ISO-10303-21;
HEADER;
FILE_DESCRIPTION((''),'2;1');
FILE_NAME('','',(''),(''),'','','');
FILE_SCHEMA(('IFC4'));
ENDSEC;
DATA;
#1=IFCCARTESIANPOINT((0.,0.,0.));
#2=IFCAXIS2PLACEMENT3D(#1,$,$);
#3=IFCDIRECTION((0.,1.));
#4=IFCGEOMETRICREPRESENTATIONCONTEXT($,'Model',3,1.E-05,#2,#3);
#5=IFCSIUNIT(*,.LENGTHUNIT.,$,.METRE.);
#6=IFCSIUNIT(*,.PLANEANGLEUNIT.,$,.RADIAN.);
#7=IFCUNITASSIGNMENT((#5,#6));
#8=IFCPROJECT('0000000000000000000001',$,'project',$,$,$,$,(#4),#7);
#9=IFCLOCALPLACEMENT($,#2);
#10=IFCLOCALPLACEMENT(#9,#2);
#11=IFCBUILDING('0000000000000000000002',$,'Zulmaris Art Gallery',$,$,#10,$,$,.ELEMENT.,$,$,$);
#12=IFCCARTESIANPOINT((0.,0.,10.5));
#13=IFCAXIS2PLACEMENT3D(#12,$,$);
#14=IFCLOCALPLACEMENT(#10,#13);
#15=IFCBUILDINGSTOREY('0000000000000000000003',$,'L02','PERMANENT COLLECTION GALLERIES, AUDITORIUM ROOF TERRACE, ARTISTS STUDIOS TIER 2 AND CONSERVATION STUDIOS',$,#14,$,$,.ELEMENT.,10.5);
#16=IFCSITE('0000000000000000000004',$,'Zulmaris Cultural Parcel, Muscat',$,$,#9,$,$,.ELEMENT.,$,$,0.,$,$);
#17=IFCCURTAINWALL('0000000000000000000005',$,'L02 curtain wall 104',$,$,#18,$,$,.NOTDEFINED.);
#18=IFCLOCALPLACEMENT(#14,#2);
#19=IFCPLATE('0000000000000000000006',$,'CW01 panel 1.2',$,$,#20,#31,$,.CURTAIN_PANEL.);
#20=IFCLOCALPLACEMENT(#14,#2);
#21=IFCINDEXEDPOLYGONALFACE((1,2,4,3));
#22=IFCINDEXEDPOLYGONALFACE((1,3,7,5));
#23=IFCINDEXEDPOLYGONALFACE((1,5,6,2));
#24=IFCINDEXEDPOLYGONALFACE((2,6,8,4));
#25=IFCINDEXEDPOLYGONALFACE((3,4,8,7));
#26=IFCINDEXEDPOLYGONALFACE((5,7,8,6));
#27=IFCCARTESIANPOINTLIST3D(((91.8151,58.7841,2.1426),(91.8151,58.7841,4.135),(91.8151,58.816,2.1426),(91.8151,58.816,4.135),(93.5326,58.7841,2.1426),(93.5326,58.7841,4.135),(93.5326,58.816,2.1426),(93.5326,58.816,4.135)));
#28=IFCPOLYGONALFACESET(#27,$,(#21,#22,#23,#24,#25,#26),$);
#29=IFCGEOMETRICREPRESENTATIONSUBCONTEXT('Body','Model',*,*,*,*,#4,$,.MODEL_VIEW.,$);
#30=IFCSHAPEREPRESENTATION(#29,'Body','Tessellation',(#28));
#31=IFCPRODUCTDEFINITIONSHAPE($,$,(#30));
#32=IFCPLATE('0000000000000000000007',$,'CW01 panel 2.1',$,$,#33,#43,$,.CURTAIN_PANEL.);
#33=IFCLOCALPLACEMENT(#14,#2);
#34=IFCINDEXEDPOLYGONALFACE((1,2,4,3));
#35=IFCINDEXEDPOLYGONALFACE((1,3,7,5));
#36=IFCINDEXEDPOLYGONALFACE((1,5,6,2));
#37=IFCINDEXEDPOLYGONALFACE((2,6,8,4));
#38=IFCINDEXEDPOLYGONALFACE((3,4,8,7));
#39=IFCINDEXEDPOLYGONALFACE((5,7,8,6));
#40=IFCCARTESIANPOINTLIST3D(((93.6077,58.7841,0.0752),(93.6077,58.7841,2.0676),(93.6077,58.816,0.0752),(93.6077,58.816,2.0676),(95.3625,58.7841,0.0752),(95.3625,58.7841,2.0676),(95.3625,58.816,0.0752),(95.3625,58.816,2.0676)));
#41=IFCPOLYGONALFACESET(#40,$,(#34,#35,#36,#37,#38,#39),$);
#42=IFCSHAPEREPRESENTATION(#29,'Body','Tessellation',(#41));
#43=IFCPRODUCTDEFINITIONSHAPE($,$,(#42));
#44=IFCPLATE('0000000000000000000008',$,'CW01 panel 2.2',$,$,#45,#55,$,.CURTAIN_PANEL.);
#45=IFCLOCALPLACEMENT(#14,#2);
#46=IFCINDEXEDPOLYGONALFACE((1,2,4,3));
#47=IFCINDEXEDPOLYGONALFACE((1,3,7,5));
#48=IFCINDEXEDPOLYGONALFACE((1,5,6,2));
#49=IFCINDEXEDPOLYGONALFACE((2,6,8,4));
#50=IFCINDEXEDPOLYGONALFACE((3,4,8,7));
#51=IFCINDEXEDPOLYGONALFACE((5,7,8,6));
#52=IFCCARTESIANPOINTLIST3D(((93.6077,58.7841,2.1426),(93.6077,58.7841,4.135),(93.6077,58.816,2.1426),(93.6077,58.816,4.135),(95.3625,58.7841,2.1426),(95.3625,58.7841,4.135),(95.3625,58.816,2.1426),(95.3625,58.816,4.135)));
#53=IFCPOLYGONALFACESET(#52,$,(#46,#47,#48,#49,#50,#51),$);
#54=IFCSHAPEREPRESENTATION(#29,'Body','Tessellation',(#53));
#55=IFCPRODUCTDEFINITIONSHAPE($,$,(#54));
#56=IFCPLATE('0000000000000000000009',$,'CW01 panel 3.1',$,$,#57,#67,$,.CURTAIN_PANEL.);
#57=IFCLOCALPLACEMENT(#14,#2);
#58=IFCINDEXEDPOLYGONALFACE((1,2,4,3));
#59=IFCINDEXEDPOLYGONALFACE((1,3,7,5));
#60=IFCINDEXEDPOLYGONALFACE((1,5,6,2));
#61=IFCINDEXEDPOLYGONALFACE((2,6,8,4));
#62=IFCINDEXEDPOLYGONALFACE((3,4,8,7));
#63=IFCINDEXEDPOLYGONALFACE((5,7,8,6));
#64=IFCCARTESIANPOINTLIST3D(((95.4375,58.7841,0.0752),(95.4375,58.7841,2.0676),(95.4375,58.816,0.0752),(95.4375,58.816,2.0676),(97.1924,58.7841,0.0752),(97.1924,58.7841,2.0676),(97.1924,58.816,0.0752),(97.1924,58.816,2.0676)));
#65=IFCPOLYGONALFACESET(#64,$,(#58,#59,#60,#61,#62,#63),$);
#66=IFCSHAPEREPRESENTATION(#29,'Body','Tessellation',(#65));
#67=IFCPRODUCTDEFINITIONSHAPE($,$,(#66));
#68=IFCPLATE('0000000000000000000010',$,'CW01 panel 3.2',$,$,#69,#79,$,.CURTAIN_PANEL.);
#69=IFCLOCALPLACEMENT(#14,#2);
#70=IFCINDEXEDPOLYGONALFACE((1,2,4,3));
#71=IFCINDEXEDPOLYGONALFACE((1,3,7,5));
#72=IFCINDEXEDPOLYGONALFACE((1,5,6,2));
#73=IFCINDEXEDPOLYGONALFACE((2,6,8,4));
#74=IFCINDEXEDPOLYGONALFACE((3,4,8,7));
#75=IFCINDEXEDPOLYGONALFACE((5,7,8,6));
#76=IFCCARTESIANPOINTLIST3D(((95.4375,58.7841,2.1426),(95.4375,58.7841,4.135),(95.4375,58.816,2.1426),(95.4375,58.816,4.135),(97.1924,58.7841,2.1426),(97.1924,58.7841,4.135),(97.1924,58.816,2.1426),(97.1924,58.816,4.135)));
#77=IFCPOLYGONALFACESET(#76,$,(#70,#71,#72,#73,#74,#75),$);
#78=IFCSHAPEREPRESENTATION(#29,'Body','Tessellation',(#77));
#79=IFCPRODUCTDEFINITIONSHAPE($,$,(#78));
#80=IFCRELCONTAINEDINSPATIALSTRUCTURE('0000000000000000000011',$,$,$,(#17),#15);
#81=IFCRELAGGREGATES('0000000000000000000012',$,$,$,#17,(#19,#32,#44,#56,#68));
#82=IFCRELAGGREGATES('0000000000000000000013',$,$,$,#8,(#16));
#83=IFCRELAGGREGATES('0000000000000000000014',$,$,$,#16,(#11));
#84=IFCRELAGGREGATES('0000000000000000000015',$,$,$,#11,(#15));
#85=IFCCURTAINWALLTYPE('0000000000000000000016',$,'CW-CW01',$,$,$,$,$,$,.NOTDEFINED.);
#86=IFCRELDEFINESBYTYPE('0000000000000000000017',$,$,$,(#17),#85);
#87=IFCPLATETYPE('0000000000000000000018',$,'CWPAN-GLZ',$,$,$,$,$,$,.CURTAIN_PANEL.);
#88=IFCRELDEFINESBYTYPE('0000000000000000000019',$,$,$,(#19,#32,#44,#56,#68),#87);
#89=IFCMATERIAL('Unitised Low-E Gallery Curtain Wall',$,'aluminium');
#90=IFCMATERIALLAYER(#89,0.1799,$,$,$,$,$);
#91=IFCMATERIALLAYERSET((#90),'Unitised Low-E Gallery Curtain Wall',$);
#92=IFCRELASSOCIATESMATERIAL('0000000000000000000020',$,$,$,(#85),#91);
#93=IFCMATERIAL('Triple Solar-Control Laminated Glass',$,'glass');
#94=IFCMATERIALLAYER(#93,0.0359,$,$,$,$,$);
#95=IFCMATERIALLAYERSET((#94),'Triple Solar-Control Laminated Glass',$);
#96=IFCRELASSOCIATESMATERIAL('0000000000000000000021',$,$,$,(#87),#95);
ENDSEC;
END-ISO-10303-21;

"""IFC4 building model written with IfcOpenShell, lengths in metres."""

from ifc_helpers import new_model, si_unit, direction, frame, origin, origin_2d, place, context, subcontext, project, spatial, rectangle, extrude, material, layer, layer_set, type_object, element, aggregate, save


model = new_model("IFC4")

# Units and contexts
model_context = context("Model", 3, precision=1e-05, world=origin(), true_north=direction((0.0, 1.0)))
body_context = subcontext(model_context, "Body", "Model", "MODEL_VIEW")
ifc_project = project(units=[si_unit("LENGTHUNIT", "METRE"), si_unit("PLANEANGLEUNIT", "RADIAN")], contexts=[model_context])

# Site, building, storey
site_placement = place(None, origin())
site = spatial("IfcSite", under=ifc_project, at=site_placement, Name="Zulmaris Cultural Parcel, Muscat", CompositionType="ELEMENT", RefElevation=0.0)
building_placement = place(site_placement, origin())
building = spatial("IfcBuilding", under=site, at=building_placement, Name="Zulmaris Art Gallery", CompositionType="ELEMENT")
storey_placement = place(building_placement, frame((0.0, 0.0, 10.5)))
storey = spatial("IfcBuildingStorey", under=building, at=storey_placement, Name="L02", Description="PERMANENT COLLECTION GALLERIES, AUDITORIUM ROOF TERRACE, ARTISTS STUDIOS TIER 2 AND CONSERVATION STUDIOS", CompositionType="ELEMENT", Elevation=10.5)

# Curtain wall
ifc_material_1 = material(Name="Unitised Low-E Gallery Curtain Wall", Category="aluminium")
ifc_layer_1 = layer(ifc_material_1, 0.1799)
ifc_layer_set_1 = layer_set([ifc_layer_1], Name="Unitised Low-E Gallery Curtain Wall")
curtain_wall_type_1 = type_object("IfcCurtainWallType", Name="CW-CW01", PredefinedType="NOTDEFINED", material=ifc_layer_set_1)
curtain_wall_1_placement = place(storey_placement, origin())
curtain_wall_1 = element("IfcCurtainWall", 1, at=curtain_wall_1_placement, inside=storey, type_object=curtain_wall_type_1, Name="L02 curtain wall 104", PredefinedType="NOTDEFINED")

# Plates
ifc_material_2 = material(Name="Triple Solar-Control Laminated Glass", Category="glass")
ifc_layer_2 = layer(ifc_material_2, 0.0359)
ifc_layer_set_2 = layer_set([ifc_layer_2], Name="Triple Solar-Control Laminated Glass")
plate_type = type_object("IfcPlateType", Name="CWPAN-GLZ", PredefinedType="CURTAIN_PANEL", material=ifc_layer_set_2)
plate_1_placement = place(storey_placement, frame((92.6738, 58.8, 2.1426), z_axis=(0.0, 0.0, 1.0), x_axis=(1.0, 0.0, 0.0)))
plate_1 = element("IfcPlate", 2, at=plate_1_placement, type_object=plate_type, Name="CW01 panel 1.2", PredefinedType="CURTAIN_PANEL", context=body_context, shape_type="SweptSolid", body=[
    extrude(rectangle(XDim=1.7175, YDim=0.032, at=origin_2d()), origin(), (0.0, 0.0, 1.0), 1.9924),
])
plate_2_placement = place(storey_placement, frame((94.4851, 58.8, 0.0752), z_axis=(0.0, 0.0, 1.0), x_axis=(1.0, 0.0, 0.0)))
plate_2 = element("IfcPlate", 3, at=plate_2_placement, type_object=plate_type, Name="CW01 panel 2.1", PredefinedType="CURTAIN_PANEL", context=body_context, shape_type="SweptSolid", body=[
    extrude(rectangle(XDim=1.7549, YDim=0.032, at=origin_2d()), origin(), (0.0, 0.0, 1.0), 1.9924),
])
plate_3_placement = place(storey_placement, frame((94.4851, 58.8, 2.1426), z_axis=(0.0, 0.0, 1.0), x_axis=(1.0, 0.0, 0.0)))
plate_3 = element("IfcPlate", 4, at=plate_3_placement, type_object=plate_type, Name="CW01 panel 2.2", PredefinedType="CURTAIN_PANEL", context=body_context, shape_type="SweptSolid", body=[
    extrude(rectangle(XDim=1.7549, YDim=0.032, at=origin_2d()), origin(), (0.0, 0.0, 1.0), 1.9924),
])
plate_4_placement = place(storey_placement, frame((96.3149, 58.8, 0.0752), z_axis=(0.0, 0.0, 1.0), x_axis=(1.0, 0.0, 0.0)))
plate_4 = element("IfcPlate", 5, at=plate_4_placement, type_object=plate_type, Name="CW01 panel 3.1", PredefinedType="CURTAIN_PANEL", context=body_context, shape_type="SweptSolid", body=[
    extrude(rectangle(XDim=1.7549, YDim=0.032, at=origin_2d()), origin(), (0.0, 0.0, 1.0), 1.9924),
])
plate_5_placement = place(storey_placement, frame((96.3149, 58.8, 2.1426), z_axis=(0.0, 0.0, 1.0), x_axis=(1.0, 0.0, 0.0)))
plate_5 = element("IfcPlate", 6, at=plate_5_placement, type_object=plate_type, Name="CW01 panel 3.2", PredefinedType="CURTAIN_PANEL", context=body_context, shape_type="SweptSolid", body=[
    extrude(rectangle(XDim=1.7549, YDim=0.032, at=origin_2d()), origin(), (0.0, 0.0, 1.0), 1.9924),
])
aggregate(curtain_wall_1, [plate_1, plate_2, plate_3, plate_4, plate_5])

save(model, "model.ifc")
